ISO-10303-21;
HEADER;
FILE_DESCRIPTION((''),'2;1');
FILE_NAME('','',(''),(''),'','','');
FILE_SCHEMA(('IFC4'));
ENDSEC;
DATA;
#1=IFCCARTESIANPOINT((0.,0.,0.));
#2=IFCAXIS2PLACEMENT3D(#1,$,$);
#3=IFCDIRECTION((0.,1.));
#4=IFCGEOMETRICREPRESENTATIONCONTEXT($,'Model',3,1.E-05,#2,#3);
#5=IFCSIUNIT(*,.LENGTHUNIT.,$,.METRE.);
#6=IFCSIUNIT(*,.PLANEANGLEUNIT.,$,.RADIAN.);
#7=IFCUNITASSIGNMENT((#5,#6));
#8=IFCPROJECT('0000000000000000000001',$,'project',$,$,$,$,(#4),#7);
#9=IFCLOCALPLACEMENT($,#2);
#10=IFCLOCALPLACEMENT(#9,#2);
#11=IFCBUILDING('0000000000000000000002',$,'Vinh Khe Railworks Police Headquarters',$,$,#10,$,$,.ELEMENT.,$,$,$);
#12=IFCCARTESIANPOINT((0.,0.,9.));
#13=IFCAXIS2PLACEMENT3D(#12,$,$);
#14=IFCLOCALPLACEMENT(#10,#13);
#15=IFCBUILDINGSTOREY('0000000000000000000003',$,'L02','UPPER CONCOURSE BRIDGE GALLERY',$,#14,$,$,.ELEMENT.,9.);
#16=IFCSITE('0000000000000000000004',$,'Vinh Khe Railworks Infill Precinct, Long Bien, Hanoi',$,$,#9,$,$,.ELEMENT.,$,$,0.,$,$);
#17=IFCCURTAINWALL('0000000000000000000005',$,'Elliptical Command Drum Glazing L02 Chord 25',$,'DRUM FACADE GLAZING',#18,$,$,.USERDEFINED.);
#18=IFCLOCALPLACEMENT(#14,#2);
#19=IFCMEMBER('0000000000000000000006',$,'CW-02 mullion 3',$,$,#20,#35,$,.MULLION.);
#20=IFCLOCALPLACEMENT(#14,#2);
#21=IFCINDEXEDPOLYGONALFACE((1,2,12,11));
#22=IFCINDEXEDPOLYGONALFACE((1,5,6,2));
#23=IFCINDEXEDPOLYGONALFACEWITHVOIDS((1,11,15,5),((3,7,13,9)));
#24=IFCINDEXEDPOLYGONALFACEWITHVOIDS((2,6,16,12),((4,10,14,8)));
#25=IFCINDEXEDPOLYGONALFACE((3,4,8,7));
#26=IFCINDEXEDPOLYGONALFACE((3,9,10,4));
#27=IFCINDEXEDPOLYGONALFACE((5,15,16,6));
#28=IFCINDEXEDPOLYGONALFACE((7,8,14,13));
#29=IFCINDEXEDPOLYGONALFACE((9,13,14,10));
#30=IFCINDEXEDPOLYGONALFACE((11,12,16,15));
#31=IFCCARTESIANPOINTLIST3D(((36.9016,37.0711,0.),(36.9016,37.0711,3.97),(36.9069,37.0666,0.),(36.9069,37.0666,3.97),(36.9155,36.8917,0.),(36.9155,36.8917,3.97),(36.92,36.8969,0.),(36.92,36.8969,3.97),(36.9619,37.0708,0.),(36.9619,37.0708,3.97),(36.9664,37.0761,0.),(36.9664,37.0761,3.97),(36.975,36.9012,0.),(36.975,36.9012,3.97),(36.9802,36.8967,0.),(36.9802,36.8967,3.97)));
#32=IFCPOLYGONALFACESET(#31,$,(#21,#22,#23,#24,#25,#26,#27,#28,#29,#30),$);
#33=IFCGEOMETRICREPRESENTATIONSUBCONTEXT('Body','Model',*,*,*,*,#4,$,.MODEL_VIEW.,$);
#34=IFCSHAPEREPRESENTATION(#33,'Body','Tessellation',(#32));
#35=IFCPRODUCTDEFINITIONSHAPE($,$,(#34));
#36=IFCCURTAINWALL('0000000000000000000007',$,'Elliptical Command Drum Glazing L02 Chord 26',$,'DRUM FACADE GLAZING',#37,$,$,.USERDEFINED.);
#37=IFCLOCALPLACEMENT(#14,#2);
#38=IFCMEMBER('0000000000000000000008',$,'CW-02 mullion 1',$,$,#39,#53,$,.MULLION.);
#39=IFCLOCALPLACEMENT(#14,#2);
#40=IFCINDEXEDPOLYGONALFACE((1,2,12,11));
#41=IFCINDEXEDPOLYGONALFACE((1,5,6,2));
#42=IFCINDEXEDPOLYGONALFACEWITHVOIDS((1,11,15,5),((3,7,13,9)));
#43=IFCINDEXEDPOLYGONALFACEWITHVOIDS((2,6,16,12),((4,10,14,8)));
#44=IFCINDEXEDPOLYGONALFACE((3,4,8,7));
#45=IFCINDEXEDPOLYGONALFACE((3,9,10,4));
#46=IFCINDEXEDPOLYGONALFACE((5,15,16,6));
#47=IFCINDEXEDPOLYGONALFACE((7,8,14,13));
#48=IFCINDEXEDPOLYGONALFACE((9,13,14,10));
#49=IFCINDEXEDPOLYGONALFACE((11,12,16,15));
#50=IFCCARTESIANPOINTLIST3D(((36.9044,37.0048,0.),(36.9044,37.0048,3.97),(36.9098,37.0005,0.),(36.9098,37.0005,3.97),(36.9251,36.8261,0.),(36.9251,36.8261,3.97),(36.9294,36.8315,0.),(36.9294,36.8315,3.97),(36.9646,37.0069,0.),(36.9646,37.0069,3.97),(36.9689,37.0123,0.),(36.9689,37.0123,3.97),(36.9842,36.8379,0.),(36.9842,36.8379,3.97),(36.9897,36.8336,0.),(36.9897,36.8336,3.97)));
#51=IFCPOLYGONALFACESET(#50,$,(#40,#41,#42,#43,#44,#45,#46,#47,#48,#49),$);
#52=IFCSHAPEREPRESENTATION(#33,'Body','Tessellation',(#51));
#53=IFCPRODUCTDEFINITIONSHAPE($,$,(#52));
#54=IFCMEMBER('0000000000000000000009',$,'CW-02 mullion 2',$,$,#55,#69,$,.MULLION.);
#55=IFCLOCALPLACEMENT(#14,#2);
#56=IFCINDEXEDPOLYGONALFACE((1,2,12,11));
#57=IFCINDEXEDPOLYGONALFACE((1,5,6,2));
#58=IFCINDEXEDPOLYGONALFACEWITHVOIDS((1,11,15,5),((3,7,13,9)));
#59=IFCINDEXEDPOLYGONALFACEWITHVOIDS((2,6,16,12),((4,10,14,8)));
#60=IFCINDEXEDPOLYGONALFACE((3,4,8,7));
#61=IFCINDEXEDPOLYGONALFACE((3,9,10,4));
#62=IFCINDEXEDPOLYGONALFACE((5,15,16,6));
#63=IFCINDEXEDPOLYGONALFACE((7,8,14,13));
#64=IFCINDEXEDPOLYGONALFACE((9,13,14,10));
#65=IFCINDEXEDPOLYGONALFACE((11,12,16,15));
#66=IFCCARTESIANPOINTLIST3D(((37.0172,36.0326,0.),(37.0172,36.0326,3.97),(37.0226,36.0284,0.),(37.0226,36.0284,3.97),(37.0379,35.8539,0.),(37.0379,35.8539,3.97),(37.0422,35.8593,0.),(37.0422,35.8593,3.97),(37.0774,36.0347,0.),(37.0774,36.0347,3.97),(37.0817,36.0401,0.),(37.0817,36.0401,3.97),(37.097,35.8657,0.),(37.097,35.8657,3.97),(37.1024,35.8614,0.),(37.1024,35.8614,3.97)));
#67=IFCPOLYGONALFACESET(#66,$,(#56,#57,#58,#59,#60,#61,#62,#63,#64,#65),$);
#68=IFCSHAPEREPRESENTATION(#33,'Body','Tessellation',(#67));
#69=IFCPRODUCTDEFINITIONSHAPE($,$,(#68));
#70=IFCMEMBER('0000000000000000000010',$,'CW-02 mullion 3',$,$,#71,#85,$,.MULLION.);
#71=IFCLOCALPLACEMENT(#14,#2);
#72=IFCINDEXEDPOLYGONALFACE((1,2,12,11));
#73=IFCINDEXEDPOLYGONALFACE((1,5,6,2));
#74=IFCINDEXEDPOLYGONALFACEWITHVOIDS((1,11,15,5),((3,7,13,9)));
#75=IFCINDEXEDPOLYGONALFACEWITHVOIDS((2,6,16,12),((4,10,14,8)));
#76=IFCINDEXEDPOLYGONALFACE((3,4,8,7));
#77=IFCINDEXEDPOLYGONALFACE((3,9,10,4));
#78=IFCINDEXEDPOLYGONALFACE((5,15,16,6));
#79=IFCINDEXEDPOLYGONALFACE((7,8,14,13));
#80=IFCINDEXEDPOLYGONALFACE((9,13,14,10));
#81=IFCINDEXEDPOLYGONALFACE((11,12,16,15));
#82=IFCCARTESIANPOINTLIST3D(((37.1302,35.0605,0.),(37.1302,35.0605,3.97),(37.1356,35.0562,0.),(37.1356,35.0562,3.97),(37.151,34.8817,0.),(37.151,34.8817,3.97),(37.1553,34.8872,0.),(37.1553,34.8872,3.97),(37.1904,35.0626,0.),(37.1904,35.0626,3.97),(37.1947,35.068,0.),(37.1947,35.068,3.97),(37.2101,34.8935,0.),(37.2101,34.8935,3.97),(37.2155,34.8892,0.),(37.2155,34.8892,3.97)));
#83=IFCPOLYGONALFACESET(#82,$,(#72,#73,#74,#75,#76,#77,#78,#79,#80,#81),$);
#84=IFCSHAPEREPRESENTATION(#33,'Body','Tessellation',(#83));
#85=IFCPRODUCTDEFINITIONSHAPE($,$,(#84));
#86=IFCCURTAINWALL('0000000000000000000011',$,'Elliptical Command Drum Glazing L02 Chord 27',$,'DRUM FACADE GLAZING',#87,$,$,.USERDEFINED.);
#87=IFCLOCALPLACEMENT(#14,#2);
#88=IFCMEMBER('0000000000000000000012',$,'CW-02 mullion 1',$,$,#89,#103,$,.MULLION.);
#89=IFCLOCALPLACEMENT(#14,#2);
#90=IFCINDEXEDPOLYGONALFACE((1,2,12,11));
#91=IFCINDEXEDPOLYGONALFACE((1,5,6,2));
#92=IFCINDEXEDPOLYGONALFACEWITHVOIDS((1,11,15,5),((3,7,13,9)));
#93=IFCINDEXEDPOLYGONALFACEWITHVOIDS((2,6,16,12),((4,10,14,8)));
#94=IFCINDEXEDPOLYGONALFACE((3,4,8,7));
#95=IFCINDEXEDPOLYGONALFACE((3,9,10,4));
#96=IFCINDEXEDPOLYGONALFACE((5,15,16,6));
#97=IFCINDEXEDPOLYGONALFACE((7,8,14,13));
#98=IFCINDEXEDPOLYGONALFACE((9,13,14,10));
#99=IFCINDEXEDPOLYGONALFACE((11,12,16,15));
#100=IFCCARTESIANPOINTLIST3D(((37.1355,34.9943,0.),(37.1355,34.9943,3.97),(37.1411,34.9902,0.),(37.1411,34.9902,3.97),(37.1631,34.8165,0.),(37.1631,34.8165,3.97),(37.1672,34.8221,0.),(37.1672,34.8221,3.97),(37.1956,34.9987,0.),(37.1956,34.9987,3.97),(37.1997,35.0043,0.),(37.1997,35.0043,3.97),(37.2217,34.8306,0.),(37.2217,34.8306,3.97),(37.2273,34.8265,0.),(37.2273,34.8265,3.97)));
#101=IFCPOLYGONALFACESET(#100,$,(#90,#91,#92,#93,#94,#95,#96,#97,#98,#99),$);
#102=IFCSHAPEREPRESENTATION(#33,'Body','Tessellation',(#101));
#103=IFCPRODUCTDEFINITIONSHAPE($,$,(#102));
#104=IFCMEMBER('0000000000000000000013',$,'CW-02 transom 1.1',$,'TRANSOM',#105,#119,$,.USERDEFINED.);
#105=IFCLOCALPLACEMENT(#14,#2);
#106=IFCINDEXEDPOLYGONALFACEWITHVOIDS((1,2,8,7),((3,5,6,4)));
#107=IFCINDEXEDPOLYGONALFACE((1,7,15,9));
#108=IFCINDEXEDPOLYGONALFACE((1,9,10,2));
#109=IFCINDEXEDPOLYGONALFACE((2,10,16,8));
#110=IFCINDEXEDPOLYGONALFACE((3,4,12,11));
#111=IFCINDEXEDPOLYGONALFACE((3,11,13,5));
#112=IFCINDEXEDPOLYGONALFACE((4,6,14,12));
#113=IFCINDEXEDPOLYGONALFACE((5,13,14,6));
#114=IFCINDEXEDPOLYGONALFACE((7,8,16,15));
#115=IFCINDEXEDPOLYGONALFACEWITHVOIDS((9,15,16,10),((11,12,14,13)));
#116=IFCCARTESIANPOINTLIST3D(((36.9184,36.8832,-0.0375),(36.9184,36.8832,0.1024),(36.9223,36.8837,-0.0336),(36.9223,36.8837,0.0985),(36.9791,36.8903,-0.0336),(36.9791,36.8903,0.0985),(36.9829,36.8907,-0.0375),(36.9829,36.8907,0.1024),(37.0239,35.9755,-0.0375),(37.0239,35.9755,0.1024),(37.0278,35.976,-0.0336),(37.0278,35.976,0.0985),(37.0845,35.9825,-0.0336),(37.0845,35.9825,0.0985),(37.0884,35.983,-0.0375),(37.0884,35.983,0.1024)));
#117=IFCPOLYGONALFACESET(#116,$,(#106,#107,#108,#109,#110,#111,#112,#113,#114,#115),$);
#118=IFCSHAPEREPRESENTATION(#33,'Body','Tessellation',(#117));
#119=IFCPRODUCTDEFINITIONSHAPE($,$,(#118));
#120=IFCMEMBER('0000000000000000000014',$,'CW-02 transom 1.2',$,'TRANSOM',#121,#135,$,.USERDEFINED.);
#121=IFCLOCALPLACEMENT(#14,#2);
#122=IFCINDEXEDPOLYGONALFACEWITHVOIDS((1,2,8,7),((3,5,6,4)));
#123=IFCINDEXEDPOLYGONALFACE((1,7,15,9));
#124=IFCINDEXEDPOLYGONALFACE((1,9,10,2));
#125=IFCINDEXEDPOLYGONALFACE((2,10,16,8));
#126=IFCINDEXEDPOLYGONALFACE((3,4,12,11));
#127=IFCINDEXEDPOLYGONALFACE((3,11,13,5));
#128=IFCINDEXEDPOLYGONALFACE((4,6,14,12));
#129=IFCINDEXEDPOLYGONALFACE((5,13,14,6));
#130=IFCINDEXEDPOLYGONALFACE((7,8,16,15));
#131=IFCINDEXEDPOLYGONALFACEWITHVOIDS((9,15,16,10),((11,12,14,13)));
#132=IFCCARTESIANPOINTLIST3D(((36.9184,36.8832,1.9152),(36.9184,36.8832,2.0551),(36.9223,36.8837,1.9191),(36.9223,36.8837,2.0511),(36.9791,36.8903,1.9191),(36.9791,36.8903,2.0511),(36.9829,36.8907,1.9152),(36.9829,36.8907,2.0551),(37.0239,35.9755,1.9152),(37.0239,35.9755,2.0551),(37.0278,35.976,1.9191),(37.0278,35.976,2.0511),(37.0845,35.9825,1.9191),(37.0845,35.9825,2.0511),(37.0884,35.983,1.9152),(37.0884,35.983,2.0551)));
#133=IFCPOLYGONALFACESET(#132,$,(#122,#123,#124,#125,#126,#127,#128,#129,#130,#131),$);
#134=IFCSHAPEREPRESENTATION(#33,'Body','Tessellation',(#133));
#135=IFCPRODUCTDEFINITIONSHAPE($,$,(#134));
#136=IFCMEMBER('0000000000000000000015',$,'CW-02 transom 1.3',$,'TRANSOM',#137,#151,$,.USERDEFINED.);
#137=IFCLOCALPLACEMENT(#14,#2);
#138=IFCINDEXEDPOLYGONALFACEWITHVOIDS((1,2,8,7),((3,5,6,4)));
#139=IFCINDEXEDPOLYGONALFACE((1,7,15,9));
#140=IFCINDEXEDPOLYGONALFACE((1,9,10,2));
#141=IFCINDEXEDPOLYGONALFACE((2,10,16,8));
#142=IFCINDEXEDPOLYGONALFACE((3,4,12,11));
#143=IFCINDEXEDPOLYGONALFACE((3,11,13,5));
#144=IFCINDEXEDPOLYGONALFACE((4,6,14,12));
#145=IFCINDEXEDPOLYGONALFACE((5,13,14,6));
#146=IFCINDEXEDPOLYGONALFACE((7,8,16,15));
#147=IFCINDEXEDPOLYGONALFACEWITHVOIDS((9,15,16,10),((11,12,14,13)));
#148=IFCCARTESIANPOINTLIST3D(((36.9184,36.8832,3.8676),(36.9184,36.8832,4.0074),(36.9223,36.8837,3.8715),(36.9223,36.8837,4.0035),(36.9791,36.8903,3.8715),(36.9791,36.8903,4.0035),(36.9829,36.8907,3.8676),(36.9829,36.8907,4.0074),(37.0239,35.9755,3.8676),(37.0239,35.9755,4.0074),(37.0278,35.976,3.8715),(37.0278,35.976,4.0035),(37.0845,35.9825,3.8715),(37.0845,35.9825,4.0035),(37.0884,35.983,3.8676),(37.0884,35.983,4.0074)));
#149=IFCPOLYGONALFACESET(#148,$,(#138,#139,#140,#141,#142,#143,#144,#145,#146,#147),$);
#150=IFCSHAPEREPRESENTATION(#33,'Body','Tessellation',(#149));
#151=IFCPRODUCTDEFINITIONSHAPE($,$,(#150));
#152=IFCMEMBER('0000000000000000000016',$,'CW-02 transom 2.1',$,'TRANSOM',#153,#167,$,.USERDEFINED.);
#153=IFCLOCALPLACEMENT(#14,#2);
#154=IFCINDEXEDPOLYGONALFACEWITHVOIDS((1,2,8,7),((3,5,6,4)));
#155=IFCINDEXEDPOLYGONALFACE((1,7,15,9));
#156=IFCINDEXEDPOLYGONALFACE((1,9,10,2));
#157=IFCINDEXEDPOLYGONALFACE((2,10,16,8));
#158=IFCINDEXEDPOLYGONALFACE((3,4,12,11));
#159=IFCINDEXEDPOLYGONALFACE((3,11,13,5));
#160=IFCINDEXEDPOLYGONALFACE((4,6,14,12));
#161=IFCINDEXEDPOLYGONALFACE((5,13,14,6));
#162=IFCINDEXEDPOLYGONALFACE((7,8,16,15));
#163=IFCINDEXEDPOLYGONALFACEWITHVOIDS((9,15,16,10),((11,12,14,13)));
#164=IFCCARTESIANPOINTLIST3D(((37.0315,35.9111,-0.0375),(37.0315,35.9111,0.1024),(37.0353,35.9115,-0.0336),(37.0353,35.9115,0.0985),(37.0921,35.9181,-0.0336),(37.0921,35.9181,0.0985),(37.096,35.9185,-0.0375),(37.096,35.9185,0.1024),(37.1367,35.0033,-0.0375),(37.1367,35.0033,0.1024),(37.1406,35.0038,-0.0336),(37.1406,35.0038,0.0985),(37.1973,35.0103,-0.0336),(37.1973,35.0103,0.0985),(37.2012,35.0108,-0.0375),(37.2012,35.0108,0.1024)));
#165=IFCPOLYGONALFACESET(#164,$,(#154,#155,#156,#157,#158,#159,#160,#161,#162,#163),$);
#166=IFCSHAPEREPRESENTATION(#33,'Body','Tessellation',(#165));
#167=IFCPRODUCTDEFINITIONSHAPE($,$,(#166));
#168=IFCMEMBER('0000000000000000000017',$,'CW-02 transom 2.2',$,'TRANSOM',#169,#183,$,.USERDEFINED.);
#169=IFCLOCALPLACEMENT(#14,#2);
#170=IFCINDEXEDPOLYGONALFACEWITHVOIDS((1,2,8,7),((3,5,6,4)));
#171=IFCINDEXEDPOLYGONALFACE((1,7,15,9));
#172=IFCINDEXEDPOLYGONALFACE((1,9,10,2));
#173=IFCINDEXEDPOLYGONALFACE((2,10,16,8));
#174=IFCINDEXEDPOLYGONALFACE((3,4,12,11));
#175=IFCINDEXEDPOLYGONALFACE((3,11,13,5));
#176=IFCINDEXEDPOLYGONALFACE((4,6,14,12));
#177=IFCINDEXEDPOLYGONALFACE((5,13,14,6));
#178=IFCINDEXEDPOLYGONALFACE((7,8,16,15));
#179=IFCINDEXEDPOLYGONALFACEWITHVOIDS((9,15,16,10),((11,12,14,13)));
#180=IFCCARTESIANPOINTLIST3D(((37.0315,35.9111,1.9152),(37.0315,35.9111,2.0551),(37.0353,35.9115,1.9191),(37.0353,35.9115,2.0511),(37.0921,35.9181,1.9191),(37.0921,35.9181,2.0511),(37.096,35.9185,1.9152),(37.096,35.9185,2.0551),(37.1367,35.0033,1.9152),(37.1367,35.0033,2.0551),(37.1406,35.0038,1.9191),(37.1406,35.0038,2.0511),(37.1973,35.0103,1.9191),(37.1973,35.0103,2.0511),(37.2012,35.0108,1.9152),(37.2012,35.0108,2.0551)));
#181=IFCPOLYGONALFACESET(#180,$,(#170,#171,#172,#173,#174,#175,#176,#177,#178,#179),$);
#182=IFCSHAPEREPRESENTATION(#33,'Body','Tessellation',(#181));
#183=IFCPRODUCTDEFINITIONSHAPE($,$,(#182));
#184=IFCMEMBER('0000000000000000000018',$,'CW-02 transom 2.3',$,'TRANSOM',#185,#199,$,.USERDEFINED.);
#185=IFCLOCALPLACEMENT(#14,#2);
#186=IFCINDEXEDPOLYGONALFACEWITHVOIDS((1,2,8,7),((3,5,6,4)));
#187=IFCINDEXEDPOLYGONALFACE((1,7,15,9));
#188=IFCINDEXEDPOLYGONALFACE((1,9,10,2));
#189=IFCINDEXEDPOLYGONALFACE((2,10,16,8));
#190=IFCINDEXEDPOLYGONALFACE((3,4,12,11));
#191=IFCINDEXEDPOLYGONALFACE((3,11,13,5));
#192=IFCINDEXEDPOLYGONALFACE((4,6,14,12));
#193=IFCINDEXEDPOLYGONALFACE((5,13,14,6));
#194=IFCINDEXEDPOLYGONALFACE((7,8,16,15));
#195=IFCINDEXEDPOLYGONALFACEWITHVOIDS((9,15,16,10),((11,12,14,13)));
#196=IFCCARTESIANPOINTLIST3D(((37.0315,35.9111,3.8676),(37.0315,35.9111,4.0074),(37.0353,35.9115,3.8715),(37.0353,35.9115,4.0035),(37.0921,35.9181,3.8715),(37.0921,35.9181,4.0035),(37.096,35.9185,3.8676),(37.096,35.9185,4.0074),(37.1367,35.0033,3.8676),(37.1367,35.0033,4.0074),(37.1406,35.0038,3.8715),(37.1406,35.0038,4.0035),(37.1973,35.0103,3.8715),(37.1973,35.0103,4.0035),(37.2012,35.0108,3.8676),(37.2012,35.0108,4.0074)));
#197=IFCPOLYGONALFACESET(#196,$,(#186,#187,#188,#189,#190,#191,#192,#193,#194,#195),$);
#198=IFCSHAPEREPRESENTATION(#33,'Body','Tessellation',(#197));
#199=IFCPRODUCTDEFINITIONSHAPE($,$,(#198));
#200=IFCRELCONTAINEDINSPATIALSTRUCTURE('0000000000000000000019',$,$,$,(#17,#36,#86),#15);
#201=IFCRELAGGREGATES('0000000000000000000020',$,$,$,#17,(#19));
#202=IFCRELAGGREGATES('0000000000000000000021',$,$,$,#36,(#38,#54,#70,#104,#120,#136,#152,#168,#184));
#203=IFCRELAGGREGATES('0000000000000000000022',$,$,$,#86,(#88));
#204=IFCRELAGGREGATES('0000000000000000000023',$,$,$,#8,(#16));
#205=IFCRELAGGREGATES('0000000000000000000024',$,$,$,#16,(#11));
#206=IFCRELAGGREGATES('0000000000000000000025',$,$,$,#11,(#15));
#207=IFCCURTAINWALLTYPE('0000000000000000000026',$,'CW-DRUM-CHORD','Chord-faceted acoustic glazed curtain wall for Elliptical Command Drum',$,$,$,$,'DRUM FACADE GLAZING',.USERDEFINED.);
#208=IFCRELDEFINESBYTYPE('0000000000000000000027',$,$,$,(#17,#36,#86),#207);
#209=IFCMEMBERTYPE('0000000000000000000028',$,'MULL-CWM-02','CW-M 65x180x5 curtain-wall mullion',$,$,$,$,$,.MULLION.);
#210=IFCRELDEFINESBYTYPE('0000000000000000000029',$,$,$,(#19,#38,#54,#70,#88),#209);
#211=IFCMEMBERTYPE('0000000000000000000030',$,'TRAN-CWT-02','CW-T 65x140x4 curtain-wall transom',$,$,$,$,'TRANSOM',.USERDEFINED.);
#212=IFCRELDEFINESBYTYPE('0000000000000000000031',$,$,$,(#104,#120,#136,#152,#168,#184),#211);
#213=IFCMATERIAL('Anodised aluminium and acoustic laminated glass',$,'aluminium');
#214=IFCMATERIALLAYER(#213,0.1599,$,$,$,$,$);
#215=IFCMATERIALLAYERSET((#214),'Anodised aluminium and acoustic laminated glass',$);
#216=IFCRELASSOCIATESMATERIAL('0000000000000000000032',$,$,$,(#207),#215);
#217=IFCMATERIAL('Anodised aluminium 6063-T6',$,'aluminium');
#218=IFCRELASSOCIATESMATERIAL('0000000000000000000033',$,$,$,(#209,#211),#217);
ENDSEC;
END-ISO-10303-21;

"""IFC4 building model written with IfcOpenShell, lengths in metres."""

from ifc_helpers import new_model, si_unit, direction, frame, origin, origin_2d, place, context, subcontext, project, spatial, hollow_rectangle, extrude, material, layer, layer_set, material_profile, profile_set, type_object, element, aggregate, save


model = new_model("IFC4")

# Units and contexts
model_context = context("Model", 3, precision=1e-05, world=origin(), true_north=direction((0.0, 1.0)))
body_context = subcontext(model_context, "Body", "Model", "MODEL_VIEW")
ifc_project = project(units=[si_unit("LENGTHUNIT", "METRE"), si_unit("PLANEANGLEUNIT", "RADIAN")], contexts=[model_context])

# Site, building, storey
site_placement = place(None, origin())
site = spatial("IfcSite", under=ifc_project, at=site_placement, Name="Vinh Khe Railworks Infill Precinct, Long Bien, Hanoi", CompositionType="ELEMENT", RefElevation=0.0)
building_placement = place(site_placement, origin())
building = spatial("IfcBuilding", under=site, at=building_placement, Name="Vinh Khe Railworks Police Headquarters", CompositionType="ELEMENT")
storey_placement = place(building_placement, frame((0.0, 0.0, 9.0)))
storey = spatial("IfcBuildingStorey", under=building, at=storey_placement, Name="L02", Description="UPPER CONCOURSE BRIDGE GALLERY", CompositionType="ELEMENT", Elevation=9.0)

# Curtain wall, member
ifc_material_1 = material(Name="Anodised aluminium and acoustic laminated glass", Category="aluminium")
ifc_layer_1 = layer(ifc_material_1, 0.1599)
ifc_layer_set_1 = layer_set([ifc_layer_1], Name="Anodised aluminium and acoustic laminated glass")
curtain_wall_type = type_object("IfcCurtainWallType", Name="CW-DRUM-CHORD", Description="Chord-faceted acoustic glazed curtain wall for Elliptical Command Drum", ElementType="DRUM FACADE GLAZING", PredefinedType="USERDEFINED", material=ifc_layer_set_1)
curtain_wall_1_placement = place(storey_placement, origin())
curtain_wall_1 = element("IfcCurtainWall", 1, at=curtain_wall_1_placement, inside=storey, type_object=curtain_wall_type, Name="Elliptical Command Drum Glazing L02 Chord 25", ObjectType="DRUM FACADE GLAZING", PredefinedType="USERDEFINED")
ifc_material_2 = material(Name="Anodised aluminium 6063-T6", Category="aluminium")
ifc_material_profile_1 = material_profile(ifc_material_2, hollow_rectangle(XDim=0.0649, YDim=0.1799, WallThickness=0.0049, at=origin_2d()), Name="CW-M 65x180x5")
ifc_profile_set_1 = profile_set([ifc_material_profile_1], Name="Anodised aluminium 6063-T6")
member_type_1 = type_object("IfcMemberType", Name="MULL-CWM-02", Description="CW-M 65x180x5 curtain-wall mullion", PredefinedType="MULLION", material=ifc_profile_set_1)
member_1_placement = place(storey_placement, frame((36.9409, 36.9839, 0.0), z_axis=(0.0, 0.0, 1.0), x_axis=(0.997033, 0.076969, 0.0)))
member_1 = element("IfcMember", 2, at=member_1_placement, type_object=member_type_1, Name="CW-02 mullion 3", PredefinedType="MULLION", context=body_context, shape_type="SweptSolid", body=[
    extrude(hollow_rectangle(XDim=0.0649, YDim=0.1799, WallThickness=0.0049, at=origin_2d()), origin(), (0.0, 0.0, 1.0), 3.97),
])

# Curtain wall, members
curtain_wall_2_placement = place(storey_placement, origin())
curtain_wall_2 = element("IfcCurtainWall", 3, at=curtain_wall_2_placement, inside=storey, type_object=curtain_wall_type, Name="Elliptical Command Drum Glazing L02 Chord 26", ObjectType="DRUM FACADE GLAZING", PredefinedType="USERDEFINED")
member_2_placement = place(storey_placement, frame((36.947, 36.9192, 0.0), z_axis=(0.0, 0.0, 1.0), x_axis=(0.993329, 0.115318, 0.0)))
member_2 = element("IfcMember", 4, at=member_2_placement, type_object=member_type_1, Name="CW-02 mullion 1", PredefinedType="MULLION", context=body_context, shape_type="SweptSolid", body=[
    extrude(hollow_rectangle(XDim=0.0649, YDim=0.1799, WallThickness=0.0049, at=origin_2d()), origin(), (0.0, 0.0, 1.0), 3.97),
])
member_3_placement = place(storey_placement, frame((37.0598, 35.947, 0.0), z_axis=(0.0, 0.0, 1.0), x_axis=(0.993329, 0.115318, 0.0)))
member_3 = element("IfcMember", 5, at=member_3_placement, type_object=member_type_1, Name="CW-02 mullion 2", PredefinedType="MULLION", context=body_context, shape_type="SweptSolid", body=[
    extrude(hollow_rectangle(XDim=0.0649, YDim=0.1799, WallThickness=0.0049, at=origin_2d()), origin(), (0.0, 0.0, 1.0), 3.97),
])
member_4_placement = place(storey_placement, frame((37.1729, 34.9749, 0.0), z_axis=(0.0, 0.0, 1.0), x_axis=(0.993329, 0.115318, 0.0)))
member_4 = element("IfcMember", 6, at=member_4_placement, type_object=member_type_1, Name="CW-02 mullion 3", PredefinedType="MULLION", context=body_context, shape_type="SweptSolid", body=[
    extrude(hollow_rectangle(XDim=0.0649, YDim=0.1799, WallThickness=0.0049, at=origin_2d()), origin(), (0.0, 0.0, 1.0), 3.97),
])

# Curtain wall, member
curtain_wall_3_placement = place(storey_placement, origin())
curtain_wall_3 = element("IfcCurtainWall", 7, at=curtain_wall_3_placement, inside=storey, type_object=curtain_wall_type, Name="Elliptical Command Drum Glazing L02 Chord 27", ObjectType="DRUM FACADE GLAZING", PredefinedType="USERDEFINED")
member_5_placement = place(storey_placement, frame((37.1814, 34.9104, 0.0), z_axis=(0.0, 0.0, 1.0), x_axis=(0.98815, 0.15349, 0.0)))
member_5 = element("IfcMember", 8, at=member_5_placement, type_object=member_type_1, Name="CW-02 mullion 1", PredefinedType="MULLION", context=body_context, shape_type="SweptSolid", body=[
    extrude(hollow_rectangle(XDim=0.0649, YDim=0.1799, WallThickness=0.0049, at=origin_2d()), origin(), (0.0, 0.0, 1.0), 3.97),
])

# Members
ifc_material_profile_2 = material_profile(ifc_material_2, hollow_rectangle(XDim=0.0649, YDim=0.1399, WallThickness=0.0039, at=origin_2d()), Name="CW-T 65x140x4")
ifc_profile_set_2 = profile_set([ifc_material_profile_2], Name="Anodised aluminium 6063-T6")
member_type_2 = type_object("IfcMemberType", Name="TRAN-CWT-02", Description="CW-T 65x140x4 curtain-wall transom", ElementType="TRANSOM", PredefinedType="USERDEFINED", material=ifc_profile_set_2)
member_6_placement = place(storey_placement, frame((36.9507, 36.887, 0.0325), z_axis=(0.115415, -0.993317, 0.0), x_axis=(0.993317, 0.115415, 0.0)))
member_6 = element("IfcMember", 9, at=member_6_placement, type_object=member_type_2, Name="CW-02 transom 1.1", ObjectType="TRANSOM", PredefinedType="USERDEFINED", context=body_context, shape_type="SweptSolid", body=[
    extrude(hollow_rectangle(XDim=0.0649, YDim=0.1399, WallThickness=0.0039, at=origin_2d()), origin(), (0.0, 0.0, 1.0), 0.9138),
])
member_7_placement = place(storey_placement, frame((36.9507, 36.887, 1.9851), z_axis=(0.115415, -0.993317, 0.0), x_axis=(0.993317, 0.115415, 0.0)))
member_7 = element("IfcMember", 10, at=member_7_placement, type_object=member_type_2, Name="CW-02 transom 1.2", ObjectType="TRANSOM", PredefinedType="USERDEFINED", context=body_context, shape_type="SweptSolid", body=[
    extrude(hollow_rectangle(XDim=0.0649, YDim=0.1399, WallThickness=0.0039, at=origin_2d()), origin(), (0.0, 0.0, 1.0), 0.9138),
])
member_8_placement = place(storey_placement, frame((36.9507, 36.887, 3.9375), z_axis=(0.115415, -0.993317, 0.0), x_axis=(0.993317, 0.115415, 0.0)))
member_8 = element("IfcMember", 11, at=member_8_placement, type_object=member_type_2, Name="CW-02 transom 1.3", ObjectType="TRANSOM", PredefinedType="USERDEFINED", context=body_context, shape_type="SweptSolid", body=[
    extrude(hollow_rectangle(XDim=0.0649, YDim=0.1399, WallThickness=0.0039, at=origin_2d()), origin(), (0.0, 0.0, 1.0), 0.9138),
])
member_9_placement = place(storey_placement, frame((37.0637, 35.9148, 0.0325), z_axis=(0.115151, -0.993348, 0.0), x_axis=(0.993348, 0.115151, 0.0)))
member_9 = element("IfcMember", 12, at=member_9_placement, type_object=member_type_2, Name="CW-02 transom 2.1", ObjectType="TRANSOM", PredefinedType="USERDEFINED", context=body_context, shape_type="SweptSolid", body=[
    extrude(hollow_rectangle(XDim=0.0649, YDim=0.1399, WallThickness=0.0039, at=origin_2d()), origin(), (0.0, 0.0, 1.0), 0.9138),
])
member_10_placement = place(storey_placement, frame((37.0637, 35.9148, 1.9851), z_axis=(0.115151, -0.993348, 0.0), x_axis=(0.993348, 0.115151, 0.0)))
member_10 = element("IfcMember", 13, at=member_10_placement, type_object=member_type_2, Name="CW-02 transom 2.2", ObjectType="TRANSOM", PredefinedType="USERDEFINED", context=body_context, shape_type="SweptSolid", body=[
    extrude(hollow_rectangle(XDim=0.0649, YDim=0.1399, WallThickness=0.0039, at=origin_2d()), origin(), (0.0, 0.0, 1.0), 0.9138),
])
member_11_placement = place(storey_placement, frame((37.0637, 35.9148, 3.9375), z_axis=(0.115151, -0.993348, 0.0), x_axis=(0.993348, 0.115151, 0.0)))
member_11 = element("IfcMember", 14, at=member_11_placement, type_object=member_type_2, Name="CW-02 transom 2.3", ObjectType="TRANSOM", PredefinedType="USERDEFINED", context=body_context, shape_type="SweptSolid", body=[
    extrude(hollow_rectangle(XDim=0.0649, YDim=0.1399, WallThickness=0.0039, at=origin_2d()), origin(), (0.0, 0.0, 1.0), 0.9138),
])

aggregate(curtain_wall_1, [member_1])
aggregate(curtain_wall_2, [member_2, member_3, member_4, member_6, member_7, member_8, member_9, member_10, member_11])
aggregate(curtain_wall_3, [member_5])

save(model, "model.ifc")
